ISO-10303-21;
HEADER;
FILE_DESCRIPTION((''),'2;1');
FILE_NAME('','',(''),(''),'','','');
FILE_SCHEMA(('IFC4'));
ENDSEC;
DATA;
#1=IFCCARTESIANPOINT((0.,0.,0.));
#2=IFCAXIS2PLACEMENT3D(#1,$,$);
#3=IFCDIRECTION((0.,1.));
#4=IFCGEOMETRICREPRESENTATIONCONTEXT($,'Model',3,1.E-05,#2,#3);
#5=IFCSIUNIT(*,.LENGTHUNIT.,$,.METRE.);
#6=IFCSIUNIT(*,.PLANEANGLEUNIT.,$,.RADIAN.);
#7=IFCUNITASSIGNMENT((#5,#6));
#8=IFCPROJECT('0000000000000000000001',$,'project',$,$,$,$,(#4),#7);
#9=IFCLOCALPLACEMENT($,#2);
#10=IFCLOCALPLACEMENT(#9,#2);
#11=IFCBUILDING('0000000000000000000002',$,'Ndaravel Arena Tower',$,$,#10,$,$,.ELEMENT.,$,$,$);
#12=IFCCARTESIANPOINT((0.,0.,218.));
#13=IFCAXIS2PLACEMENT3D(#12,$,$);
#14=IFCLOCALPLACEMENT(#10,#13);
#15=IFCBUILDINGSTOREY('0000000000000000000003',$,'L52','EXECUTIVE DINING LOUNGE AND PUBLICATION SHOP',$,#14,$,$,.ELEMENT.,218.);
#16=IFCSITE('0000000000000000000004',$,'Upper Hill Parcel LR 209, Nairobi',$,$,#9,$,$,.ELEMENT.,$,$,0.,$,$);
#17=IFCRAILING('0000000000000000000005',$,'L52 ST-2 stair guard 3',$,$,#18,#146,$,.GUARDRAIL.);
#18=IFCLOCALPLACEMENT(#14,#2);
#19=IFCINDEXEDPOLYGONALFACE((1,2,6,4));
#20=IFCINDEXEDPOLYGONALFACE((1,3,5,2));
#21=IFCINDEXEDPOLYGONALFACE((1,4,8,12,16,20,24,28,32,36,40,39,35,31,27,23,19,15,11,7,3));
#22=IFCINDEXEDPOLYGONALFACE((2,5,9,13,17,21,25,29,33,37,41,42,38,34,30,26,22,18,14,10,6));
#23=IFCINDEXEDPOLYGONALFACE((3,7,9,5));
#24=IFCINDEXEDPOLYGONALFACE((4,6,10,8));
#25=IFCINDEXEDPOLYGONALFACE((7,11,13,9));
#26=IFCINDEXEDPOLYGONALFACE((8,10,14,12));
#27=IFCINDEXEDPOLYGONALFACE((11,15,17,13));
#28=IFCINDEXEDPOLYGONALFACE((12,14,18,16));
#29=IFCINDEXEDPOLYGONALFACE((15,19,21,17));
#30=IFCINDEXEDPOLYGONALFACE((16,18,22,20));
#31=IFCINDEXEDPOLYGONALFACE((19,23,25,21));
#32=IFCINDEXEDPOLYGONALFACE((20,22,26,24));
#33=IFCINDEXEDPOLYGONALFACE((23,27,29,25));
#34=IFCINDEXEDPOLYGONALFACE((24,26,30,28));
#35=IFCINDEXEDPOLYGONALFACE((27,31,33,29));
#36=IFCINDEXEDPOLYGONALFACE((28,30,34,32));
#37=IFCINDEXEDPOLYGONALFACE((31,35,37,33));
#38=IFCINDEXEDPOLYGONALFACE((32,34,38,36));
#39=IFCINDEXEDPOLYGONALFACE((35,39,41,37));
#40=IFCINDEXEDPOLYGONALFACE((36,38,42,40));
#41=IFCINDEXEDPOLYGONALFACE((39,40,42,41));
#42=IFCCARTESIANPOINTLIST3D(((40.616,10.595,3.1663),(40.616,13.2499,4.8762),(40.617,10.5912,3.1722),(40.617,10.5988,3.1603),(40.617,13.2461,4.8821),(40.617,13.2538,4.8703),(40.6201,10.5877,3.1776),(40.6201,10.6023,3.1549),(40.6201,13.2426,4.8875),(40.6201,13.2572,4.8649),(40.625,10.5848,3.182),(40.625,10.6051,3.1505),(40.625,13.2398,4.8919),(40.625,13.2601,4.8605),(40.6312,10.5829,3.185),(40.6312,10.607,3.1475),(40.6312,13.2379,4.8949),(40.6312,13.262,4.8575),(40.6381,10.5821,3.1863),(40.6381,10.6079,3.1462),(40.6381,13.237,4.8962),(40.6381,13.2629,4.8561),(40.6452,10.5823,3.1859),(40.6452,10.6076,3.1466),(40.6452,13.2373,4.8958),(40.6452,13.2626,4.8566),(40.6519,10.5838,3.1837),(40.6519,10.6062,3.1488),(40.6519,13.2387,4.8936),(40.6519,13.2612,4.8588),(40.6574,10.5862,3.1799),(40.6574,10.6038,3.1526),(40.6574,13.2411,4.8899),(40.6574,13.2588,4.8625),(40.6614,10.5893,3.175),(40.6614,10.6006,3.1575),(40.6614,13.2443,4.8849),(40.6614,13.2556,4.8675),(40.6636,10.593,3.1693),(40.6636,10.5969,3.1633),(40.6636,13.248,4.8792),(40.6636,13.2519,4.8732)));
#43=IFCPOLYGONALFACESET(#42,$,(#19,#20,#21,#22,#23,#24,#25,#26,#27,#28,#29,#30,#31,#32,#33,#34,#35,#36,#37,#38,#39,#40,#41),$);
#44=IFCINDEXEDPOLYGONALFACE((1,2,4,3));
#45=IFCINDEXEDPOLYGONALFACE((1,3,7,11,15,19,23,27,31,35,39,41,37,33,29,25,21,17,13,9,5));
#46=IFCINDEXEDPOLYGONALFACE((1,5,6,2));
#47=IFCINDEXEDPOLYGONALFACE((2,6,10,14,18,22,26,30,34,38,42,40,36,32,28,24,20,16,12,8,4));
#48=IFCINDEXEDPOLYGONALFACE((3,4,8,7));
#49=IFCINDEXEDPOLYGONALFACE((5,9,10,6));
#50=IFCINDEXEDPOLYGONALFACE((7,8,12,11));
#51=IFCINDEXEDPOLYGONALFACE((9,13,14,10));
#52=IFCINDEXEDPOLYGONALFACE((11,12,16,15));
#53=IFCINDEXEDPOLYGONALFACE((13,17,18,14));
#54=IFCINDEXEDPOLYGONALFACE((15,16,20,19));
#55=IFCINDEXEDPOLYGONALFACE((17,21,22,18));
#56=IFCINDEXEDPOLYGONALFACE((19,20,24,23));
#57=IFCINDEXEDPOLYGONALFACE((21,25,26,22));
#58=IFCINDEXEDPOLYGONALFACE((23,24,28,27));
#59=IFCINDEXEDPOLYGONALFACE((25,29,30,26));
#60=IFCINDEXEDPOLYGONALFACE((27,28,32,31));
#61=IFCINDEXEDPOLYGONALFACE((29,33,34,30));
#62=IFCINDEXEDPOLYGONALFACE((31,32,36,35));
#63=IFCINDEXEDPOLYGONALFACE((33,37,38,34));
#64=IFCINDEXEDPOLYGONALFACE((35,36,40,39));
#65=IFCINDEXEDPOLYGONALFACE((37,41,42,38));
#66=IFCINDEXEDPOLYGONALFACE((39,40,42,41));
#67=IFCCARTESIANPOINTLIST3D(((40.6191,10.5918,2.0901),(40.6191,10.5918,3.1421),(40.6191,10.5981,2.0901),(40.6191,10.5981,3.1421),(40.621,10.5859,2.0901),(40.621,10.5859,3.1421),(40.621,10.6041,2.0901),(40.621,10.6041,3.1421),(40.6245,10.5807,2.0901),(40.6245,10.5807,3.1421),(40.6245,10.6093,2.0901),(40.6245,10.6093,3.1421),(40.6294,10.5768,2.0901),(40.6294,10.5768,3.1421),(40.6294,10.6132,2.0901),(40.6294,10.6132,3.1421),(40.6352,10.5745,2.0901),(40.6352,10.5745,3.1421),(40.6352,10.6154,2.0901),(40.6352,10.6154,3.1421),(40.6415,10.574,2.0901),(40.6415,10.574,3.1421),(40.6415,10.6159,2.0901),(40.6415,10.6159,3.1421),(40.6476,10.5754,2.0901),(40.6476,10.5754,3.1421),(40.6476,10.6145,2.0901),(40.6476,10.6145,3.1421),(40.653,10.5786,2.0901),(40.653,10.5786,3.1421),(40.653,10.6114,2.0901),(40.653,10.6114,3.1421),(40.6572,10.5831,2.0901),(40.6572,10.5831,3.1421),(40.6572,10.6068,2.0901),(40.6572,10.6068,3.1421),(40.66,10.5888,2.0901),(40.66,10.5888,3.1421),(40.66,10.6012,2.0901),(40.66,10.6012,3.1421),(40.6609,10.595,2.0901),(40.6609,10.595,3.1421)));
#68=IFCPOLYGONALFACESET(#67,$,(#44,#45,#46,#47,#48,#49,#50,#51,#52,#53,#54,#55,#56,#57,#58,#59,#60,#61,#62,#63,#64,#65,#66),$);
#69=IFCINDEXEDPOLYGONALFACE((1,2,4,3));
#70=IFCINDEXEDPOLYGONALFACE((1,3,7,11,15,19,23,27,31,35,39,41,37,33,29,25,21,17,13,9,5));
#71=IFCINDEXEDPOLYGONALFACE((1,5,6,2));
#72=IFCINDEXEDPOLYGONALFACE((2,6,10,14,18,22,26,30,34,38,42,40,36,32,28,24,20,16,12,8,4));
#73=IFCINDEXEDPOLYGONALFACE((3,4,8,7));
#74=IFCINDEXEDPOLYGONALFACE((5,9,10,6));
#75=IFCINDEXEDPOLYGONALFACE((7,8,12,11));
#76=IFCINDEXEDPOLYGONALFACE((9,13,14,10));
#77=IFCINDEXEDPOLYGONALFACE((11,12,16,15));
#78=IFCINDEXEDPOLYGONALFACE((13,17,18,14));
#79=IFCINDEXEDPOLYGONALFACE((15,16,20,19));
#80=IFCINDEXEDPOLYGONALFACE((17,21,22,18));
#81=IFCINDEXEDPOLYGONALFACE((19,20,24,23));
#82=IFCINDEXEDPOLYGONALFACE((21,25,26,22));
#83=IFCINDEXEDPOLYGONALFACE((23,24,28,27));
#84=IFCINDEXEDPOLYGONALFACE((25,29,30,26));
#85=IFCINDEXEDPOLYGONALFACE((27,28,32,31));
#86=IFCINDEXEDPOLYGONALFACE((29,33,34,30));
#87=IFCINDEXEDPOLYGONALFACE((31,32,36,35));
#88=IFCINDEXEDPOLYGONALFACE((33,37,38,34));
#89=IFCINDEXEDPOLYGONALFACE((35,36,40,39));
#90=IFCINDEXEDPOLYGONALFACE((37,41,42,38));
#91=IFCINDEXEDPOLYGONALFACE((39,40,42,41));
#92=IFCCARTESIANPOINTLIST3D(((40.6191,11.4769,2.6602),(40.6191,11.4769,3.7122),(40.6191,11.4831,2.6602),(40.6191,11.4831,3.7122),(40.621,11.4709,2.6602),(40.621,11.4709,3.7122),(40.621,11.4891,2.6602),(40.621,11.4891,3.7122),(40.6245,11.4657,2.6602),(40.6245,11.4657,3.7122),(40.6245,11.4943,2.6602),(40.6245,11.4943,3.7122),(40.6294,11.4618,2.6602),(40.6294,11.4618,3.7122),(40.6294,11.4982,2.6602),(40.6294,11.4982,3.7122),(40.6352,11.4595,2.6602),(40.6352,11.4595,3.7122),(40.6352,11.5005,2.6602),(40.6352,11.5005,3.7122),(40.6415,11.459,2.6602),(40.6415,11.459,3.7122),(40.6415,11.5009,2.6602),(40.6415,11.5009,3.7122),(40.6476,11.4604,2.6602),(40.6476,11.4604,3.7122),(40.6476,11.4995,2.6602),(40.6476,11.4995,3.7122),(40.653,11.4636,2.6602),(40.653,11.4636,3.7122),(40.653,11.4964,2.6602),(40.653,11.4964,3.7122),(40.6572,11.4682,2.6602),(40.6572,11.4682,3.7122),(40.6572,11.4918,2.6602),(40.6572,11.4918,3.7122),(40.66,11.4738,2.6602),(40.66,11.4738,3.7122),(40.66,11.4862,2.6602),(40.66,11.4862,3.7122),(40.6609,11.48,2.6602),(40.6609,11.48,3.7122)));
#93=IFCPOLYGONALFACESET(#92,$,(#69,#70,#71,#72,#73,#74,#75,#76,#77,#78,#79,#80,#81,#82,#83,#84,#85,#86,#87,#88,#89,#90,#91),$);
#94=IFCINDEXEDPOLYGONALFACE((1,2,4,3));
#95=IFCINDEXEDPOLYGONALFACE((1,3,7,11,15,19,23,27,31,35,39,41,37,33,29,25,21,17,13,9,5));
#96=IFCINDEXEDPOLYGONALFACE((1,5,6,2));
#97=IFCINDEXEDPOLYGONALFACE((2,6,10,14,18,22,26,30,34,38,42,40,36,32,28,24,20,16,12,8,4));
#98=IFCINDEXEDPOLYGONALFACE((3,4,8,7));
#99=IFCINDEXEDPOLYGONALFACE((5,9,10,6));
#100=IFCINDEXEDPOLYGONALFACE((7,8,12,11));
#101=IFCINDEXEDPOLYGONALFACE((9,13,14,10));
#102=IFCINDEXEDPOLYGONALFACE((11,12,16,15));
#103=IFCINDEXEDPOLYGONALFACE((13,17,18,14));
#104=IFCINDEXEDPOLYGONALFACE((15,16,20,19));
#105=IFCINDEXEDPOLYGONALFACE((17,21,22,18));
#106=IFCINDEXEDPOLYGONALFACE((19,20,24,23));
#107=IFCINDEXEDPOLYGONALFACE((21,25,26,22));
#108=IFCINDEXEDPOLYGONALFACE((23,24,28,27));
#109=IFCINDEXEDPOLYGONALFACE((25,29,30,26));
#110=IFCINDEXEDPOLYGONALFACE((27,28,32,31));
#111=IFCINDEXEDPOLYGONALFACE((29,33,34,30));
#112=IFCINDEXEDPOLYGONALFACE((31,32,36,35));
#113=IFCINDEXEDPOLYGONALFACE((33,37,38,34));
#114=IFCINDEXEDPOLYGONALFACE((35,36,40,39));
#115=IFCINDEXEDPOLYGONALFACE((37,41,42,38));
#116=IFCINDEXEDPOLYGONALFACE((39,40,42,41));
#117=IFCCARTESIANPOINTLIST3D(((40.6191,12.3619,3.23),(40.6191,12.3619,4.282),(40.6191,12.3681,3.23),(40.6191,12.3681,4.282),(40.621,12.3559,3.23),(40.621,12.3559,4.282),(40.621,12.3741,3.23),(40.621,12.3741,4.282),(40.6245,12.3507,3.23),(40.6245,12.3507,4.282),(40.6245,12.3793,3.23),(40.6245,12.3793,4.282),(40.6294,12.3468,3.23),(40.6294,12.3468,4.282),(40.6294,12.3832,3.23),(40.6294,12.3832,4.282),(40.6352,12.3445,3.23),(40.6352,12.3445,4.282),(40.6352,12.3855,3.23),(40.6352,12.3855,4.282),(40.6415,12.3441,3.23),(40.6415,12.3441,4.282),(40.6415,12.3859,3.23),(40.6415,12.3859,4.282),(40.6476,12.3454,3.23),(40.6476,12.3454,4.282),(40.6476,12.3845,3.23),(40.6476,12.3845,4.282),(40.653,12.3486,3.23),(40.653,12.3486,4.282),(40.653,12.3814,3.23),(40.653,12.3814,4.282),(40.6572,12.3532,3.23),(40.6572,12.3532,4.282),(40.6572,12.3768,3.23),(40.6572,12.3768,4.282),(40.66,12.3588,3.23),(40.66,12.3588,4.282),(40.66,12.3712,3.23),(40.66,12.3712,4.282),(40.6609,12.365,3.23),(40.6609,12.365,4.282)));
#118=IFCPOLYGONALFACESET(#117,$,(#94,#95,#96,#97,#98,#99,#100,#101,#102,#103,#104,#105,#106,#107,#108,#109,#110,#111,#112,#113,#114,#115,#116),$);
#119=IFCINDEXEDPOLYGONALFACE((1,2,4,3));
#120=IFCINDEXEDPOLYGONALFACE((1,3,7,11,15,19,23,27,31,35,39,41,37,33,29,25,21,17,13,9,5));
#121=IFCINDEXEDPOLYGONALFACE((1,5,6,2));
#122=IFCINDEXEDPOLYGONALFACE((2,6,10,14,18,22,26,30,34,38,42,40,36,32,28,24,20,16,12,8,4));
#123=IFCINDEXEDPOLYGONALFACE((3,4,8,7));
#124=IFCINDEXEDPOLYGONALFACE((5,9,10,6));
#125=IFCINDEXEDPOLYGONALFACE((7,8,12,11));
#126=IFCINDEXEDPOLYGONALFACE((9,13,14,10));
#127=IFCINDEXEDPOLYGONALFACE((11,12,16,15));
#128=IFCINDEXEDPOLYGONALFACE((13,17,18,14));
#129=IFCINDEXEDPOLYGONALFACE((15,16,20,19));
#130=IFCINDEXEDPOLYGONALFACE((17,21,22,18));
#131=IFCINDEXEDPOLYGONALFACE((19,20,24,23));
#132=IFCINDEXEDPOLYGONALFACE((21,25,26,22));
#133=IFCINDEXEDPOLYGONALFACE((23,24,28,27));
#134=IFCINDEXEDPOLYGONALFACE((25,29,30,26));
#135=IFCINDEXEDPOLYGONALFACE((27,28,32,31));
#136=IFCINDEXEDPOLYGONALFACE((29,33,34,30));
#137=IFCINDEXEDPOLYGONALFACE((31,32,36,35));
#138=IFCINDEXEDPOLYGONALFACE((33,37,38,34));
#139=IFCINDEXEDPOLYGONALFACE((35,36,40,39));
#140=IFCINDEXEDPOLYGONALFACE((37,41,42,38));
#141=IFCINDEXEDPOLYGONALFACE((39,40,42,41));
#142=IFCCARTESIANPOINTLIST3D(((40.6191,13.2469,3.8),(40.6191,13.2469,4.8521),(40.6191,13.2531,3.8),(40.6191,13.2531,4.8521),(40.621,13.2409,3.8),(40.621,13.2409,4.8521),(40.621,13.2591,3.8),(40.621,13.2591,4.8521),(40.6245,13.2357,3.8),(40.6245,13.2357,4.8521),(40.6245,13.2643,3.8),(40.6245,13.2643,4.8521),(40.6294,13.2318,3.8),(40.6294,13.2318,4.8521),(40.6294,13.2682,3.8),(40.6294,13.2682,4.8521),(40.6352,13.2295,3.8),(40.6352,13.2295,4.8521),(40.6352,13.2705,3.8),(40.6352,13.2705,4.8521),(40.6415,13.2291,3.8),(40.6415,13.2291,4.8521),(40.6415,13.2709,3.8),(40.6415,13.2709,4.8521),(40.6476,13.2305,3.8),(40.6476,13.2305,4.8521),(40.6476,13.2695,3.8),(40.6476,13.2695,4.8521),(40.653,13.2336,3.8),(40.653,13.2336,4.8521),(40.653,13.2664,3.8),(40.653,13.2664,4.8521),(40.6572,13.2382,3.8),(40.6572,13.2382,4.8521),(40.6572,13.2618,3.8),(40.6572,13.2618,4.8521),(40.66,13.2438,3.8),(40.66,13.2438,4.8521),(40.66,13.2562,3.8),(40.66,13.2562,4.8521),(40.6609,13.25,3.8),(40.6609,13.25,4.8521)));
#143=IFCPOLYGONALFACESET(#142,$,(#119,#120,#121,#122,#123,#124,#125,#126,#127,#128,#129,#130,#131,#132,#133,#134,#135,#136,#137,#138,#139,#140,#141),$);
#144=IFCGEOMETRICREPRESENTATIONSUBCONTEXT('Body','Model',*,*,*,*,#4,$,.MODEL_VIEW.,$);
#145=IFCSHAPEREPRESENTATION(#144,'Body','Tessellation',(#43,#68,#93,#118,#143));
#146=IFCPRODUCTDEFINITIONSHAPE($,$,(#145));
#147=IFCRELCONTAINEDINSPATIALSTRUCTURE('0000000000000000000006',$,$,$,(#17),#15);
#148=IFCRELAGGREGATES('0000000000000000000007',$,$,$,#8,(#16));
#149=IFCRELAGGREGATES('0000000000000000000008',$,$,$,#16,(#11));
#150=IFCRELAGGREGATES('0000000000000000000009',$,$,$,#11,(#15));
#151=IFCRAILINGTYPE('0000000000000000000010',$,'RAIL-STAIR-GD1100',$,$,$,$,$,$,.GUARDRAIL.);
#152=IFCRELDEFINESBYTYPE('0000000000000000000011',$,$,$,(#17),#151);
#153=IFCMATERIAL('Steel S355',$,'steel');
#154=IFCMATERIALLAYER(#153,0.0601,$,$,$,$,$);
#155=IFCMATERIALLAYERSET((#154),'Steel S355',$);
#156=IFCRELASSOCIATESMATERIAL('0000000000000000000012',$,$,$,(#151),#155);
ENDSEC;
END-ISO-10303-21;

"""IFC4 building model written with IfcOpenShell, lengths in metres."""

from ifc_helpers import new_model, si_unit, direction, frame, origin, origin_2d, place, context, subcontext, project, spatial, circle, extrude, material, layer, layer_set, type_object, element, save


model = new_model("IFC4")

# Units and contexts
model_context = context("Model", 3, precision=1e-05, world=origin(), true_north=direction((0.0, 1.0)))
body_context = subcontext(model_context, "Body", "Model", "MODEL_VIEW")
ifc_project = project(units=[si_unit("LENGTHUNIT", "METRE"), si_unit("PLANEANGLEUNIT", "RADIAN")], contexts=[model_context])

# Site, building, storey
site_placement = place(None, origin())
site = spatial("IfcSite", under=ifc_project, at=site_placement, Name="Upper Hill Parcel LR 209, Nairobi", CompositionType="ELEMENT", RefElevation=0.0)
building_placement = place(site_placement, origin())
building = spatial("IfcBuilding", under=site, at=building_placement, Name="Ndaravel Arena Tower", CompositionType="ELEMENT")
storey_placement = place(building_placement, frame((0.0, 0.0, 218.0)))
storey = spatial("IfcBuildingStorey", under=building, at=storey_placement, Name="L52", Description="EXECUTIVE DINING LOUNGE AND PUBLICATION SHOP", CompositionType="ELEMENT", Elevation=218.0)

# Railing
ifc_material_1 = material(Name="Steel S355", Category="steel")
ifc_layer_1 = layer(ifc_material_1, 0.0601)
ifc_layer_set_1 = layer_set([ifc_layer_1], Name="Steel S355")
railing_type_1 = type_object("IfcRailingType", Name="RAIL-STAIR-GD1100", PredefinedType="GUARDRAIL", material=ifc_layer_set_1)
railing_1_placement = place(storey_placement, frame((40.6399, 10.595, 2.0901)))
element("IfcRailing", 1, at=railing_1_placement, inside=storey, type_object=railing_type_1, Name="L52 ST-2 stair guard 3", PredefinedType="GUARDRAIL", context=body_context, shape_type="SweptSolid", body=[
    extrude(circle(Radius=0.0239, at=origin_2d()), frame((0.0, 0.0, 1.0762), z_axis=(0.0, 0.840724, 0.541465), x_axis=(-1.0, 0.0, 0.0)), (0.0, 0.0, 1.0), 3.158),
    extrude(circle(Radius=0.021, at=origin_2d()), origin(), (0.0, 0.0, 1.0), 1.052),
    extrude(circle(Radius=0.021, at=origin_2d()), frame((0.0, 0.885, 0.5701)), (0.0, 0.0, 1.0), 1.052),
    extrude(circle(Radius=0.021, at=origin_2d()), frame((0.0, 1.77, 1.1399)), (0.0, 0.0, 1.0), 1.052),
    extrude(circle(Radius=0.021, at=origin_2d()), frame((0.0, 2.655, 1.71)), (0.0, 0.0, 1.0), 1.052),
])

save(model, "model.ifc")
